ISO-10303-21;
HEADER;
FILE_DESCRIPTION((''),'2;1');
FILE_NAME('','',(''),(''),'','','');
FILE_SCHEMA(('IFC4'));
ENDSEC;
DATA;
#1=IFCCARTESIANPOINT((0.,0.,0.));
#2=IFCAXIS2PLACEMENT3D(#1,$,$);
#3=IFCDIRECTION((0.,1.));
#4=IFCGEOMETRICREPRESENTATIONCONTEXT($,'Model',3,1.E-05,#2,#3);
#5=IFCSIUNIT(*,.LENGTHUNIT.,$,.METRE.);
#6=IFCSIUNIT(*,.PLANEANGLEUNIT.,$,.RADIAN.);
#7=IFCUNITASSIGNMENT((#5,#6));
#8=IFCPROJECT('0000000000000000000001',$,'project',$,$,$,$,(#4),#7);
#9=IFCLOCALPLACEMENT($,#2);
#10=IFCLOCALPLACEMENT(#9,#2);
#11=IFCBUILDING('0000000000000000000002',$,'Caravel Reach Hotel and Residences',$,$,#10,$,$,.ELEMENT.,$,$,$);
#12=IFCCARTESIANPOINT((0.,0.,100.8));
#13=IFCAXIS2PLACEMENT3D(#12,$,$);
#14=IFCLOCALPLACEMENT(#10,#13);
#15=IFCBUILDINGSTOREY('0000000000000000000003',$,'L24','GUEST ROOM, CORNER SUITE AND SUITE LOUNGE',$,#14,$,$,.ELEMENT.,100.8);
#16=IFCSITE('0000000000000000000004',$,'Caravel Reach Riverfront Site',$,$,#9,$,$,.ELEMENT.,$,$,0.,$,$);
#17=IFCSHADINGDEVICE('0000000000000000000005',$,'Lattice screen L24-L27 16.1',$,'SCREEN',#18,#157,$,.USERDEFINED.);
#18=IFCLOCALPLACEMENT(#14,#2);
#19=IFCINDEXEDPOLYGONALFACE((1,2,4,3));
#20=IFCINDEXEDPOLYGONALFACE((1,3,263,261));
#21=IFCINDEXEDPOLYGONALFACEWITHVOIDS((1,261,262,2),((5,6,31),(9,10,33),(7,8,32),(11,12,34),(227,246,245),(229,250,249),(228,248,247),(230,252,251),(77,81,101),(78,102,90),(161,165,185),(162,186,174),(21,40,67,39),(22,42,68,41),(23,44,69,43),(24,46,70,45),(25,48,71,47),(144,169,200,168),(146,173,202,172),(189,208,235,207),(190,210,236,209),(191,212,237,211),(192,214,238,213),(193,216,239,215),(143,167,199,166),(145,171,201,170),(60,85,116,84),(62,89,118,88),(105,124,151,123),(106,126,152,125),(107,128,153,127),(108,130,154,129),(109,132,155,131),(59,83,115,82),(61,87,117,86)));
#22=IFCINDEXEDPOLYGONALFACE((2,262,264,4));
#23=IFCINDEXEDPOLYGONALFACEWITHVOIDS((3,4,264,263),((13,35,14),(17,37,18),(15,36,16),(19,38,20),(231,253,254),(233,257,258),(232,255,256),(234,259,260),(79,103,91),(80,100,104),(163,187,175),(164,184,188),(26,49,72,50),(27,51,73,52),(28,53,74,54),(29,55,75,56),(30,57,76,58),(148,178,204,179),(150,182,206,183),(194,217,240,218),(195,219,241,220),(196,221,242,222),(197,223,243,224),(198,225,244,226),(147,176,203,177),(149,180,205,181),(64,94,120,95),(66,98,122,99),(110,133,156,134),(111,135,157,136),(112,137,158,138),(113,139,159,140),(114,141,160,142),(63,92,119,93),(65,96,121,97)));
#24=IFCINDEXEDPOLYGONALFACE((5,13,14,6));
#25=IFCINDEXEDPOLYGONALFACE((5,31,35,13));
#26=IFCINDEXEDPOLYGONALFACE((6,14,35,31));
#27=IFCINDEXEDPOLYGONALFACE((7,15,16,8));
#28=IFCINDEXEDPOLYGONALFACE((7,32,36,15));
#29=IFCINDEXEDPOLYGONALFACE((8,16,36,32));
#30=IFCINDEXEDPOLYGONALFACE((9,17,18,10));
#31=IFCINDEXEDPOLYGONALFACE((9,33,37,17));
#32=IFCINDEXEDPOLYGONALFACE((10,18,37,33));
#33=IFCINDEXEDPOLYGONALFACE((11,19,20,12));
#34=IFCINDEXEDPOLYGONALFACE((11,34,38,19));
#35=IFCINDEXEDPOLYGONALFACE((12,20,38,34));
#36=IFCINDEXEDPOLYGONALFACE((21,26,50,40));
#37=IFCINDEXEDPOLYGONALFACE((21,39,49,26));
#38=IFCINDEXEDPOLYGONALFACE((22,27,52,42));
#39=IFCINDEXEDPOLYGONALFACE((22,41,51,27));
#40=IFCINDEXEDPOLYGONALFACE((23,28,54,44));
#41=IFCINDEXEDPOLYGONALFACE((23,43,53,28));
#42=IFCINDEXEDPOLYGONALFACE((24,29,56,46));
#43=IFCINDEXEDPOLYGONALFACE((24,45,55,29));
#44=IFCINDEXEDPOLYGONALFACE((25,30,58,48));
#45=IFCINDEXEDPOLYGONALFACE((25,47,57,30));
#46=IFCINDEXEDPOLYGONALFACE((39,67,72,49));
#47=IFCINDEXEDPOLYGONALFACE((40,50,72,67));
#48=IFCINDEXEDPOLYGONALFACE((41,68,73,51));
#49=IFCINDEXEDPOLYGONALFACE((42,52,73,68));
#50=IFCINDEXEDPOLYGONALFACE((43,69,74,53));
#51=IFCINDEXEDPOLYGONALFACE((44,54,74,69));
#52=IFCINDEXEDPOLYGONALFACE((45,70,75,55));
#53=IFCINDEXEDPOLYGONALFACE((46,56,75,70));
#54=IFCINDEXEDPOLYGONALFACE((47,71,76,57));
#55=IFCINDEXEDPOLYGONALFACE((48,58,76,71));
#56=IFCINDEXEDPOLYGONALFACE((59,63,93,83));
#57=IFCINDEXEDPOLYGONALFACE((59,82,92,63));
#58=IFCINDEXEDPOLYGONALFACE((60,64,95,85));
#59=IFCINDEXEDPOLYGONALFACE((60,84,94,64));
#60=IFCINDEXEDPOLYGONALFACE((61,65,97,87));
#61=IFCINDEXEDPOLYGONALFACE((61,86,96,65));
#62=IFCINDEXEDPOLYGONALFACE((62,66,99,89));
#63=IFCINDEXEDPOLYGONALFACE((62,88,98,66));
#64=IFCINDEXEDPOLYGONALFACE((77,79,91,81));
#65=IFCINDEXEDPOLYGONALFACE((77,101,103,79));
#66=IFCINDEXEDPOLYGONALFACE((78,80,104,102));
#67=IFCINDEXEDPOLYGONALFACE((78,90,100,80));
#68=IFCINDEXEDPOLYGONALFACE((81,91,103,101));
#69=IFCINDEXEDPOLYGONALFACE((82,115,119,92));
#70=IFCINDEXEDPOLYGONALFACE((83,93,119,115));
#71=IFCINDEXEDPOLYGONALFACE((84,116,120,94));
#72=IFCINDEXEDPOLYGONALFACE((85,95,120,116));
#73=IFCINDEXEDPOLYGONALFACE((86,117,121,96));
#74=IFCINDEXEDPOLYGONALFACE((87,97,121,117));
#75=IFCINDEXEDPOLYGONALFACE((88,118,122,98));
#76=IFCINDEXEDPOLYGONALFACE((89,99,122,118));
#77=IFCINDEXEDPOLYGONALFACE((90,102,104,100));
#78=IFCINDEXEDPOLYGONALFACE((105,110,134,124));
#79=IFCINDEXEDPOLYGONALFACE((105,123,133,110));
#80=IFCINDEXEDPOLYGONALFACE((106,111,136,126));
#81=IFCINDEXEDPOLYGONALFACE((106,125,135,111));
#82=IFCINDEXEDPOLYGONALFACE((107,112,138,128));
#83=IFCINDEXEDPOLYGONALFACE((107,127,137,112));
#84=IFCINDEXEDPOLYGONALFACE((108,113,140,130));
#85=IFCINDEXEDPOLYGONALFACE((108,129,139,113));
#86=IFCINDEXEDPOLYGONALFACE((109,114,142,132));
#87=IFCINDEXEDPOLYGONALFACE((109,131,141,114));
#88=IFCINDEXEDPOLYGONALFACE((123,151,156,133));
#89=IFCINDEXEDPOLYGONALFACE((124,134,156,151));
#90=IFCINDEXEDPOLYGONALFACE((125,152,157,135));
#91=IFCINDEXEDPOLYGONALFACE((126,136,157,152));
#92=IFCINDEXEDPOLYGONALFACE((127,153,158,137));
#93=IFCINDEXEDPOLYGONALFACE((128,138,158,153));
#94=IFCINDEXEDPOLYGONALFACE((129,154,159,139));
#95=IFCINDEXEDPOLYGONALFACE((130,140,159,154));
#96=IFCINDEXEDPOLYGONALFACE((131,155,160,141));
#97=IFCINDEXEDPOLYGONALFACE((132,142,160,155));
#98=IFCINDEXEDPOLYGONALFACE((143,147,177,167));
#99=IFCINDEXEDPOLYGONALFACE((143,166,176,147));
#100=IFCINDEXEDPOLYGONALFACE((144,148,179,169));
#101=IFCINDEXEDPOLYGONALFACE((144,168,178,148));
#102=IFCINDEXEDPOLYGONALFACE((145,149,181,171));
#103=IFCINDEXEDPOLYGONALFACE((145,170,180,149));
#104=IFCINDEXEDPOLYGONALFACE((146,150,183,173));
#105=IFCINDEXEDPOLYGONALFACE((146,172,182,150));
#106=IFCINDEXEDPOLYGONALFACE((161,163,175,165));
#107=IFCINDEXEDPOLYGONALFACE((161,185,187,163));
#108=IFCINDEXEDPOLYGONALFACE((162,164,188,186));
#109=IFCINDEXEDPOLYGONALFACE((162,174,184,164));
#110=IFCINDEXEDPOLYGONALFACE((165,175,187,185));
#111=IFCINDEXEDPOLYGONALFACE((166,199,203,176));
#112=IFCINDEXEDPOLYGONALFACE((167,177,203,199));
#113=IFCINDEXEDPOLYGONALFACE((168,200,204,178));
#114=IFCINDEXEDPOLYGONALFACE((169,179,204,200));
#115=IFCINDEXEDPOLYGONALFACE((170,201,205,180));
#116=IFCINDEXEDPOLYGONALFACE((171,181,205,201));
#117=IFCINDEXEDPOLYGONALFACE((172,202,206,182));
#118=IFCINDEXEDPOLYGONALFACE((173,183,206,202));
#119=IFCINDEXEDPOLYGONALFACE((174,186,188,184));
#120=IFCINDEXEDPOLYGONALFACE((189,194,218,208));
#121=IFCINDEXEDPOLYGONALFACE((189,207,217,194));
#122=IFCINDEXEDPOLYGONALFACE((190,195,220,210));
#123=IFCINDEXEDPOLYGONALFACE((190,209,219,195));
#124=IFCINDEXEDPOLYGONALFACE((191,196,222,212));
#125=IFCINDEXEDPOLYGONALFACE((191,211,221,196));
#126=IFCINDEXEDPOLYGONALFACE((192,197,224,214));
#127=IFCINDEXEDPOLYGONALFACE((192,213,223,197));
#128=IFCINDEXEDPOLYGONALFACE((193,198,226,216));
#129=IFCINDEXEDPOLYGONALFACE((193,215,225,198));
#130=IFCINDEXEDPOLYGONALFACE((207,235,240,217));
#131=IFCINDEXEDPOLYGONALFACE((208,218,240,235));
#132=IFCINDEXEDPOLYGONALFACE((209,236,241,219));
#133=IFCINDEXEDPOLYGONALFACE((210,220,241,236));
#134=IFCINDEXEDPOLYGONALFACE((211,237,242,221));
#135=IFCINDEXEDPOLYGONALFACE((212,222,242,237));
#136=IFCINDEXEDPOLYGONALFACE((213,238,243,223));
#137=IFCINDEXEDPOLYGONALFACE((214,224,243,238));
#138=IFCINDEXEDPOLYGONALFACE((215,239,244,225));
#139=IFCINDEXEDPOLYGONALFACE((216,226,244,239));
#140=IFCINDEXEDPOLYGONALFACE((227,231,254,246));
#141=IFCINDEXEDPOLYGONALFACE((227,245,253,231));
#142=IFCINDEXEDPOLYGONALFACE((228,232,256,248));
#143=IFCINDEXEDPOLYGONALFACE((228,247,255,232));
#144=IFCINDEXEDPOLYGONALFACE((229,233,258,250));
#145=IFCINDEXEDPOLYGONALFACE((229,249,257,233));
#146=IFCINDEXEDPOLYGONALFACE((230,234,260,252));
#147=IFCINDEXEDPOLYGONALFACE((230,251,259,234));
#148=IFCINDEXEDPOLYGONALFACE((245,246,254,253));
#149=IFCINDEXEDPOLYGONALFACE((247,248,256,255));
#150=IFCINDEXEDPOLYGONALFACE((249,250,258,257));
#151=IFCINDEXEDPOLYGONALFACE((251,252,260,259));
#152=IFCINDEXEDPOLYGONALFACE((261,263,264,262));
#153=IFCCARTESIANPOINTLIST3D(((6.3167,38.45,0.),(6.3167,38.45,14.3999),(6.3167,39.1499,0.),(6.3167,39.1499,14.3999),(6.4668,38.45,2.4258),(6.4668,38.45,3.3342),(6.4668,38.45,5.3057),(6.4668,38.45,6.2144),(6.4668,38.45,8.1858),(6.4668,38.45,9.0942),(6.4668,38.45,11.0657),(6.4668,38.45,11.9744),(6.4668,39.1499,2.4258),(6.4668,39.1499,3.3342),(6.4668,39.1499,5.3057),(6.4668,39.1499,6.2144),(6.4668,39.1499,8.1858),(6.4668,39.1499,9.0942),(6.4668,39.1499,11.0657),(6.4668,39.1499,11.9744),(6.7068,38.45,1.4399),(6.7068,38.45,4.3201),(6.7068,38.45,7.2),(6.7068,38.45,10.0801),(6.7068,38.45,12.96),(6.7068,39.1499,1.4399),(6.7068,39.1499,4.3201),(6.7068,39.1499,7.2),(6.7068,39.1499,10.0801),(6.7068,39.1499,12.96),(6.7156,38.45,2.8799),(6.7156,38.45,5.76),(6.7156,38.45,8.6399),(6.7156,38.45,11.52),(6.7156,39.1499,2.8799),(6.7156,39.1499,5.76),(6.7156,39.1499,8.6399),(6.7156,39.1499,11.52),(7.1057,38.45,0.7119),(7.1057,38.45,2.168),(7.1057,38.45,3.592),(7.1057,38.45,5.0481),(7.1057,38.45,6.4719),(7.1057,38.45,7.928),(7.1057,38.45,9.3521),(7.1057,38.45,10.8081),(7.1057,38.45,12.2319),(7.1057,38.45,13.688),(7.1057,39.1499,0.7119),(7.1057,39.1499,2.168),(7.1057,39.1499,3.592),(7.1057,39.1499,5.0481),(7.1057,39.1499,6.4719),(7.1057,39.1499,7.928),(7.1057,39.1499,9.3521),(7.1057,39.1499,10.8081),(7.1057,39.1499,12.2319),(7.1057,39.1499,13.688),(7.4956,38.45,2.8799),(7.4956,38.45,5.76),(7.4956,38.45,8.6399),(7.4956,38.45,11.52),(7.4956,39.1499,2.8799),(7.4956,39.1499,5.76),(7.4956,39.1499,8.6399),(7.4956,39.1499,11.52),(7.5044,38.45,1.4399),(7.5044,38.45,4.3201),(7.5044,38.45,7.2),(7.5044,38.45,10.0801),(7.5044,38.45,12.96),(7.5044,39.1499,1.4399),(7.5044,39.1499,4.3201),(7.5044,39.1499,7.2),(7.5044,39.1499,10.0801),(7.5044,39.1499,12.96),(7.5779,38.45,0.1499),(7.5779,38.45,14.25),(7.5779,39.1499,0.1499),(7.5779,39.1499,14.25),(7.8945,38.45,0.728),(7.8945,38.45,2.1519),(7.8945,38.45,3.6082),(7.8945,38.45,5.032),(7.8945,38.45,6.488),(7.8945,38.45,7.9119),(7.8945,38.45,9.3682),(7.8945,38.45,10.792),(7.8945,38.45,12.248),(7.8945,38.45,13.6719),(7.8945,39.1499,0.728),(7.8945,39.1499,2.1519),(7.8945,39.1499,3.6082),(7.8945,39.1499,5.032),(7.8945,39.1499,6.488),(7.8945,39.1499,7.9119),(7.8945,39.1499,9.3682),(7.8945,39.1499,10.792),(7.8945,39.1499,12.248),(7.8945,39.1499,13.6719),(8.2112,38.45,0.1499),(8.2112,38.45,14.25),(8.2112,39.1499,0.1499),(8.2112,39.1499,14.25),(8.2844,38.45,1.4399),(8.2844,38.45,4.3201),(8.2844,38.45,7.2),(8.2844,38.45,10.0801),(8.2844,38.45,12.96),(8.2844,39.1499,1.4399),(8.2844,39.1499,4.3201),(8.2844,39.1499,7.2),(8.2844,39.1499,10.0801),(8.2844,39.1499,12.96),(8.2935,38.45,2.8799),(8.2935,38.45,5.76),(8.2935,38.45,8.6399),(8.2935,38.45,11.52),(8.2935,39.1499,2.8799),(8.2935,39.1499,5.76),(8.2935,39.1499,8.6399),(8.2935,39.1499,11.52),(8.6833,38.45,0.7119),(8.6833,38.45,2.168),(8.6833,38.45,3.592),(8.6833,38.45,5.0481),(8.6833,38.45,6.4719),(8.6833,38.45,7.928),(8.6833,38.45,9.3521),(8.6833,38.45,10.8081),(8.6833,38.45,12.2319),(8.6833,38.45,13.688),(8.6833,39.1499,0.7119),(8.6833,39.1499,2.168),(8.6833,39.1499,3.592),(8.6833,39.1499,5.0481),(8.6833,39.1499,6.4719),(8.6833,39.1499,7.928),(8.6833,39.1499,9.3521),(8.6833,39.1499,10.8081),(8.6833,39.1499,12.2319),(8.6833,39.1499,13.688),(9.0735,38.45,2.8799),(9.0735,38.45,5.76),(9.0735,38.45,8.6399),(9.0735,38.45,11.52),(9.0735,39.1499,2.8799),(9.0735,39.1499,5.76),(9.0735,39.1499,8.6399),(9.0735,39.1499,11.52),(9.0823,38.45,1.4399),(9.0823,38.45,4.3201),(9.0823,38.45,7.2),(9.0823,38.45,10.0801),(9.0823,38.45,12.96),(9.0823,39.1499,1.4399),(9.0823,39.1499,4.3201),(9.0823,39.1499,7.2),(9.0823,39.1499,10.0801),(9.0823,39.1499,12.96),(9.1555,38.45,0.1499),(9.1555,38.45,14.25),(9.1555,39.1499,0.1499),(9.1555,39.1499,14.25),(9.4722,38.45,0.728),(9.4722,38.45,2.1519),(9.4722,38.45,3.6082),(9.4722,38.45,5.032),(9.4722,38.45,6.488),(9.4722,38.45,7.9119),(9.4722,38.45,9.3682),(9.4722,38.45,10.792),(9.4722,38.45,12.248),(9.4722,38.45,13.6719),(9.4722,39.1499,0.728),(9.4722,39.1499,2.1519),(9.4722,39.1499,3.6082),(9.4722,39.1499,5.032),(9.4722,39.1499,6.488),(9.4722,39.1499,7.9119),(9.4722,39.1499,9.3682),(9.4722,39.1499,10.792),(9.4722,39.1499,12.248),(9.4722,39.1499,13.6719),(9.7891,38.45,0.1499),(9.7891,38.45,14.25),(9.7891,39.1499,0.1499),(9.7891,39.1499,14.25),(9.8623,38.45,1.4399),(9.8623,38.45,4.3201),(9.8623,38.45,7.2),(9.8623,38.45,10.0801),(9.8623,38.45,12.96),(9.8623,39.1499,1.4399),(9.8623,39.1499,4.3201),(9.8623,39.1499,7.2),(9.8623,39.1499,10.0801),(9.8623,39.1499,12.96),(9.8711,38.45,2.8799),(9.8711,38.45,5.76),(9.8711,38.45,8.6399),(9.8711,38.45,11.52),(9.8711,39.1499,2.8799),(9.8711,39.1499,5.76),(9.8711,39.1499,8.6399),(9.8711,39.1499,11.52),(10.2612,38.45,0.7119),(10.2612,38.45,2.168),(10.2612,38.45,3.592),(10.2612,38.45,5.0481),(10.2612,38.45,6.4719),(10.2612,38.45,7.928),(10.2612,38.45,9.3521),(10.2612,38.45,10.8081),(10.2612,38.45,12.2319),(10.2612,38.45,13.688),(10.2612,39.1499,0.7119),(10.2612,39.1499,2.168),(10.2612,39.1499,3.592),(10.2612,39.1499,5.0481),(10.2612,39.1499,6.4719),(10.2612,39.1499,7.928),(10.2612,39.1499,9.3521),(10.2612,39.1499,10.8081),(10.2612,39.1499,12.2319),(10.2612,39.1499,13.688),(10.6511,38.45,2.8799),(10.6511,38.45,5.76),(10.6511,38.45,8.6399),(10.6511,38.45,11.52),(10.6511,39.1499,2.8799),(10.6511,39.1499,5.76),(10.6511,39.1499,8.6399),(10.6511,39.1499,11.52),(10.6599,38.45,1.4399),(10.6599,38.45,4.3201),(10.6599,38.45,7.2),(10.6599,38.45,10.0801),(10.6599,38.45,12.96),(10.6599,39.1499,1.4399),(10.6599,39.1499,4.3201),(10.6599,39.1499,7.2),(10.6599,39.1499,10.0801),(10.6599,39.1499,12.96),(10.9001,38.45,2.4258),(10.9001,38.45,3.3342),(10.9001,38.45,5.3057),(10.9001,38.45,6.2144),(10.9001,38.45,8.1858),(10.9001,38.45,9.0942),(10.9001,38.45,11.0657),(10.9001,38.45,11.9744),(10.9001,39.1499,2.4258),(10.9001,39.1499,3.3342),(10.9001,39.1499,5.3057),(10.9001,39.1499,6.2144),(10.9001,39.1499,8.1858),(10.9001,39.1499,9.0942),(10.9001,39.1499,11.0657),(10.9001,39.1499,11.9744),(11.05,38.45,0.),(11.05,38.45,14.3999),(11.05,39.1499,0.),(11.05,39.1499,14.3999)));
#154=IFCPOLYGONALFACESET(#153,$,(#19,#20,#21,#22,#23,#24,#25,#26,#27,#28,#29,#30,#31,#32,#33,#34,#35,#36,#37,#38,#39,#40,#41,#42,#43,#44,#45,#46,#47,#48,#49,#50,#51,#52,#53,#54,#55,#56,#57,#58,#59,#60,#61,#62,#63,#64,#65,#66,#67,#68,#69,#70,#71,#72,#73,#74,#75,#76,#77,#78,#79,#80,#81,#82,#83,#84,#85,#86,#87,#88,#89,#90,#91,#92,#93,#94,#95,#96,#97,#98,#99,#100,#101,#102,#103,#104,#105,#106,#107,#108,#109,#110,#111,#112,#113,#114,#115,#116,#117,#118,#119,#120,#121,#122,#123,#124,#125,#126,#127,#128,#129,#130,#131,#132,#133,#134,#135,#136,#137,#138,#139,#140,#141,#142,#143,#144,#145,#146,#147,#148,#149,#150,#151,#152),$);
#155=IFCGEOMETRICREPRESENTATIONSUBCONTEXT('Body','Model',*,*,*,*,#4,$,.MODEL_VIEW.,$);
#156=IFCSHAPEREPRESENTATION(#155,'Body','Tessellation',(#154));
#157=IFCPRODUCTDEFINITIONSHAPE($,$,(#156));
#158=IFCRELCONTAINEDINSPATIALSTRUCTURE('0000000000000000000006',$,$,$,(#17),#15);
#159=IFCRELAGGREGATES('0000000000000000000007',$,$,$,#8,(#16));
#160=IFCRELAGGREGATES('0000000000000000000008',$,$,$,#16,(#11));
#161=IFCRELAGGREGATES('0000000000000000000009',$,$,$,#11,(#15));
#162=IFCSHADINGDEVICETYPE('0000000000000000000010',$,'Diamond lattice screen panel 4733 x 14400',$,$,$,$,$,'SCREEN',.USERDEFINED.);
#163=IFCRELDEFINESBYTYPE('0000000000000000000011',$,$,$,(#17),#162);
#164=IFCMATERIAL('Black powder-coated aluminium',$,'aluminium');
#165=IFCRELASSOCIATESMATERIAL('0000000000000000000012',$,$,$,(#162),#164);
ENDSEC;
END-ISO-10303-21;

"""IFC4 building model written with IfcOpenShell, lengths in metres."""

from ifc_helpers import new_model, si_unit, direction, frame, origin, place, context, subcontext, project, spatial, polyline, outline, extrude, material, type_object, element, save


model = new_model("IFC4")

# Units and contexts
model_context = context("Model", 3, precision=1e-05, world=origin(), true_north=direction((0.0, 1.0)))
body_context = subcontext(model_context, "Body", "Model", "MODEL_VIEW")
ifc_project = project(units=[si_unit("LENGTHUNIT", "METRE"), si_unit("PLANEANGLEUNIT", "RADIAN")], contexts=[model_context])

# Site, building, storey
site_placement = place(None, origin())
site = spatial("IfcSite", under=ifc_project, at=site_placement, Name="Caravel Reach Riverfront Site", CompositionType="ELEMENT", RefElevation=0.0)
building_placement = place(site_placement, origin())
building = spatial("IfcBuilding", under=site, at=building_placement, Name="Caravel Reach Hotel and Residences", CompositionType="ELEMENT")
storey_placement = place(building_placement, frame((0.0, 0.0, 100.8)))
storey = spatial("IfcBuildingStorey", under=building, at=storey_placement, Name="L24", Description="GUEST ROOM, CORNER SUITE AND SUITE LOUNGE", CompositionType="ELEMENT", Elevation=100.8)

# Shading device
ifc_material_1 = material(Name="Black powder-coated aluminium", Category="aluminium")
shading_device_type_1 = type_object("IfcShadingDeviceType", Name="Diamond lattice screen panel 4733 x 14400", ElementType="SCREEN", PredefinedType="USERDEFINED", material=ifc_material_1)
shading_device_1_placement = place(storey_placement, frame((11.05, 38.45, 0.0), z_axis=(0.0, 1.0, 0.0), x_axis=(-1.0, 0.0, 0.0)))
element("IfcShadingDevice", 1, at=shading_device_1_placement, inside=storey, type_object=shading_device_type_1, Name="Lattice screen L24-L27 16.1", ObjectType="SCREEN", PredefinedType="USERDEFINED", context=body_context, shape_type="SweptSolid", body=[
    extrude(outline(polyline([(0.0, 0.0), (4.7334, 0.0), (4.7334, 14.3999), (0.0, 14.3999), (0.0, 0.0)]), holes=[polyline([(0.3989, 2.8799), (0.1499, 3.3342), (0.1499, 2.4258), (0.3989, 2.8799)]), polyline([(0.3989, 5.76), (0.1499, 6.2144), (0.1499, 5.3057), (0.3989, 5.76)]), polyline([(0.3989, 8.6399), (0.1499, 9.0942), (0.1499, 8.1858), (0.3989, 8.6399)]), polyline([(0.3989, 11.52), (0.1499, 11.9744), (0.1499, 11.0657), (0.3989, 11.52)]), polyline([(0.7888, 2.168), (0.3901, 1.4399), (0.7888, 0.7119), (1.1877, 1.4399), (0.7888, 2.168)]), polyline([(0.7888, 5.0481), (0.3901, 4.3201), (0.7888, 3.592), (1.1877, 4.3201), (0.7888, 5.0481)]), polyline([(0.7888, 7.928), (0.3901, 7.2), (0.7888, 6.4719), (1.1877, 7.2), (0.7888, 7.928)]), polyline([(0.7888, 10.8081), (0.3901, 10.0801), (0.7888, 9.3521), (1.1877, 10.0801), (0.7888, 10.8081)]), polyline([(0.7888, 13.688), (0.3901, 12.96), (0.7888, 12.2319), (1.1877, 12.96), (0.7888, 13.688)]), polyline([(1.5779, 0.728), (1.261, 0.1499), (1.8945, 0.1499), (1.5779, 0.728)]), polyline([(1.5779, 3.6082), (1.179, 2.8799), (1.5779, 2.1519), (1.9766, 2.8799), (1.5779, 3.6082)]), polyline([(1.5779, 6.488), (1.179, 5.76), (1.5779, 5.032), (1.9766, 5.76), (1.5779, 6.488)]), polyline([(1.5779, 9.3682), (1.179, 8.6399), (1.5779, 7.9119), (1.9766, 8.6399), (1.5779, 9.3682)]), polyline([(1.5779, 12.248), (1.179, 11.52), (1.5779, 10.792), (1.9766, 11.52), (1.5779, 12.248)]), polyline([(1.5779, 13.6719), (1.8945, 14.25), (1.261, 14.25), (1.5779, 13.6719)]), polyline([(2.3667, 2.168), (1.9678, 1.4399), (2.3667, 0.7119), (2.7656, 1.4399), (2.3667, 2.168)]), polyline([(2.3667, 5.0481), (1.9678, 4.3201), (2.3667, 3.592), (2.7656, 4.3201), (2.3667, 5.0481)]), polyline([(2.3667, 7.928), (1.9678, 7.2), (2.3667, 6.4719), (2.7656, 7.2), (2.3667, 7.928)]), polyline([(2.3667, 10.8081), (1.9678, 10.0801), (2.3667, 9.3521), (2.7656, 10.0801), (2.3667, 10.8081)]), polyline([(2.3667, 13.688), (1.9678, 12.96), (2.3667, 12.2319), (2.7656, 12.96), (2.3667, 13.688)]), polyline([(3.1555, 0.728), (2.8389, 0.1499), (3.4722, 0.1499), (3.1555, 0.728)]), polyline([(3.1555, 3.6082), (2.7566, 2.8799), (3.1555, 2.1519), (3.5544, 2.8799), (3.1555, 3.6082)]), polyline([(3.1555, 6.488), (2.7566, 5.76), (3.1555, 5.032), (3.5544, 5.76), (3.1555, 6.488)]), polyline([(3.1555, 9.3682), (2.7566, 8.6399), (3.1555, 7.9119), (3.5544, 8.6399), (3.1555, 9.3682)]), polyline([(3.1555, 12.248), (2.7566, 11.52), (3.1555, 10.792), (3.5544, 11.52), (3.1555, 12.248)]), polyline([(3.1555, 13.6719), (3.4722, 14.25), (2.8389, 14.25), (3.1555, 13.6719)]), polyline([(3.9443, 2.168), (3.5457, 1.4399), (3.9443, 0.7119), (4.3433, 1.4399), (3.9443, 2.168)]), polyline([(3.9443, 5.0481), (3.5457, 4.3201), (3.9443, 3.592), (4.3433, 4.3201), (3.9443, 5.0481)]), polyline([(3.9443, 7.928), (3.5457, 7.2), (3.9443, 6.4719), (4.3433, 7.2), (3.9443, 7.928)]), polyline([(3.9443, 10.8081), (3.5457, 10.0801), (3.9443, 9.3521), (4.3433, 10.0801), (3.9443, 10.8081)]), polyline([(3.9443, 13.688), (3.5457, 12.96), (3.9443, 12.2319), (4.3433, 12.96), (3.9443, 13.688)]), polyline([(4.3345, 2.8799), (4.5833, 2.4258), (4.5833, 3.3342), (4.3345, 2.8799)]), polyline([(4.3345, 5.76), (4.5833, 5.3057), (4.5833, 6.2144), (4.3345, 5.76)]), polyline([(4.3345, 8.6399), (4.5833, 8.1858), (4.5833, 9.0942), (4.3345, 8.6399)]), polyline([(4.3345, 11.52), (4.5833, 11.0657), (4.5833, 11.9744), (4.3345, 11.52)])]), origin(), (0.0, 0.0, 1.0), 0.7),
])

save(model, "model.ifc")
